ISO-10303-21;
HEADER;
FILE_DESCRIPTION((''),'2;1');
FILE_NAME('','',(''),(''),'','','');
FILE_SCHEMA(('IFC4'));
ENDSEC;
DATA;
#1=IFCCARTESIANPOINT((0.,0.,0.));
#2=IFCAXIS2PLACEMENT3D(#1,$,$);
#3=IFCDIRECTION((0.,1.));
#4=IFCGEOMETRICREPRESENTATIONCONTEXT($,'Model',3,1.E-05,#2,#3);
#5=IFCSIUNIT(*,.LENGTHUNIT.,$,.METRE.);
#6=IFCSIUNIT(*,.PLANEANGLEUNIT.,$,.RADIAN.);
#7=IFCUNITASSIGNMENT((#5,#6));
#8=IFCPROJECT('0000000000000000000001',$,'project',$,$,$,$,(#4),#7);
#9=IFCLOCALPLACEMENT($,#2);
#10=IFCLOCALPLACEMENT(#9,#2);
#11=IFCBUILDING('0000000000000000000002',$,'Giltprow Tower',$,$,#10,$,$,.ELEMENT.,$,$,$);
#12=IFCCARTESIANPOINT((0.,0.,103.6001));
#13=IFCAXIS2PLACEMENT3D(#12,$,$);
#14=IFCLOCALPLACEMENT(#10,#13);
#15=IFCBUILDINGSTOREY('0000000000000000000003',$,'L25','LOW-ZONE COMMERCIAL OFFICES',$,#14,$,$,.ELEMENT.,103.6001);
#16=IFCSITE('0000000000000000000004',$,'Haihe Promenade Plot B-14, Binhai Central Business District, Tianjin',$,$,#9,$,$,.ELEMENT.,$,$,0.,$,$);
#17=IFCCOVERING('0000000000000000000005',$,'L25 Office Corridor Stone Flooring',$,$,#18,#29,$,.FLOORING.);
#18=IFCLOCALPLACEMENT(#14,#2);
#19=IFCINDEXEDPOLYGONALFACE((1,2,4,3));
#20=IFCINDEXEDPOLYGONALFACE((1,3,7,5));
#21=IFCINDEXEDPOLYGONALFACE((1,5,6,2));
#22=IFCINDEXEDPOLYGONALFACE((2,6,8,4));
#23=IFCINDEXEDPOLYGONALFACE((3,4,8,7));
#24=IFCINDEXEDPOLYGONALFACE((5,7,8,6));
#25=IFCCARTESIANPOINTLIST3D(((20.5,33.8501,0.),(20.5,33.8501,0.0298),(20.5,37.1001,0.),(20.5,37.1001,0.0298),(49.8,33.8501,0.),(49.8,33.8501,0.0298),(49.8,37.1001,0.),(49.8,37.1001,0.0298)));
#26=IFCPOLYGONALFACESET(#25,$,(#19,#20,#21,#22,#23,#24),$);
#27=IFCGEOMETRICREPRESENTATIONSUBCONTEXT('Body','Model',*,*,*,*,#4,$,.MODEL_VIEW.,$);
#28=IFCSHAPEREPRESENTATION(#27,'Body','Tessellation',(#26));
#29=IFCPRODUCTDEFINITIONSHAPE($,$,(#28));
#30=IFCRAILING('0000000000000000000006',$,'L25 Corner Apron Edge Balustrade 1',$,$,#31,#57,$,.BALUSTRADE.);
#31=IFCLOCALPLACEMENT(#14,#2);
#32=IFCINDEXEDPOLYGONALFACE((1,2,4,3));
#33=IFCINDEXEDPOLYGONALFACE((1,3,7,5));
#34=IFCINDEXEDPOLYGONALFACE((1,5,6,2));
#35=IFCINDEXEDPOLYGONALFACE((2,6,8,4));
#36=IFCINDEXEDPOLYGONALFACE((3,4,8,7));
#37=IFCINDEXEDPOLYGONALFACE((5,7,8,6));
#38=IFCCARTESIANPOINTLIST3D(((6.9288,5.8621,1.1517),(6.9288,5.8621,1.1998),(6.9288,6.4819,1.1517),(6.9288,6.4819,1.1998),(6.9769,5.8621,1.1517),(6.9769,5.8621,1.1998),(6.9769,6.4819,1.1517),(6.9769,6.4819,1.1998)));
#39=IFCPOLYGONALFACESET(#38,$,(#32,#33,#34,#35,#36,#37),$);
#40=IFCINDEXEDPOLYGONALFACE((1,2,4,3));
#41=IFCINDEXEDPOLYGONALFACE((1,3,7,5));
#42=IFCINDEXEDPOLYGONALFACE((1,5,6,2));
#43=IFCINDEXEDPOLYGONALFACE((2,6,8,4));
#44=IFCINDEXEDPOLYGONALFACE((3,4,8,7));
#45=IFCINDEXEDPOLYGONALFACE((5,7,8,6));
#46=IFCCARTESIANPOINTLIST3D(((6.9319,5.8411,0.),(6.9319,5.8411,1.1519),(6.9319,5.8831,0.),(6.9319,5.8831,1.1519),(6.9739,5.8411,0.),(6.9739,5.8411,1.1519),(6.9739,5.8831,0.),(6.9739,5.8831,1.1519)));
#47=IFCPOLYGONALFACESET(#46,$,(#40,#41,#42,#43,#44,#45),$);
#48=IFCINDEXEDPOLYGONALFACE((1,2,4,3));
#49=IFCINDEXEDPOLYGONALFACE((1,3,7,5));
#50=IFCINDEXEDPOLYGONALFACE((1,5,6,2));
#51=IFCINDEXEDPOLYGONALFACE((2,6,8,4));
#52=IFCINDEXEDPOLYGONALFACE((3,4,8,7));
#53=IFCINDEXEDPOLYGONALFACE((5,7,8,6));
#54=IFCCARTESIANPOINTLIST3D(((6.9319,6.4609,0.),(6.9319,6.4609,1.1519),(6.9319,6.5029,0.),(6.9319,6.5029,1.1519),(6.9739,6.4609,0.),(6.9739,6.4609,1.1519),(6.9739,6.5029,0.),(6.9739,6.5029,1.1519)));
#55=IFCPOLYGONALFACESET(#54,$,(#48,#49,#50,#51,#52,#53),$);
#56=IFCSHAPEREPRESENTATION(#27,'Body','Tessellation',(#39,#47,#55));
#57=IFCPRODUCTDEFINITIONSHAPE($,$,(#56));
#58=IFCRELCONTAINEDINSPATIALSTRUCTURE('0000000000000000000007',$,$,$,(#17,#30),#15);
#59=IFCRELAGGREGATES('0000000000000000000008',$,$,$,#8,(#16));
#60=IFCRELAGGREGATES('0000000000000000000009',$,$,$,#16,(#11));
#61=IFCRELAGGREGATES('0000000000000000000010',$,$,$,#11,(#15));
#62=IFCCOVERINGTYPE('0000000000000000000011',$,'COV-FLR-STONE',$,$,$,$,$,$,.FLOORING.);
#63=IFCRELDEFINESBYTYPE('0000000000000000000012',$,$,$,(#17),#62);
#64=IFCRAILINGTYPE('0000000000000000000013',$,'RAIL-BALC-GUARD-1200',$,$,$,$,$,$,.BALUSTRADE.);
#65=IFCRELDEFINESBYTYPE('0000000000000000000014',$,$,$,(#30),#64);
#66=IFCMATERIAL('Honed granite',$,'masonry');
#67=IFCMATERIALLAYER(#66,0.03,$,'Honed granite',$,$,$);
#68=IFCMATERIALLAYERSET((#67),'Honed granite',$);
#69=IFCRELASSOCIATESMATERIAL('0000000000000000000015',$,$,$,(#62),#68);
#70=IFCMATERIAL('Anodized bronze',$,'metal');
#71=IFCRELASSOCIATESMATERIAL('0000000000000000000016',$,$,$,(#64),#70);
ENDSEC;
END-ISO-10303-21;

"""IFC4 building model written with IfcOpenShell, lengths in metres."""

from ifc_helpers import new_model, si_unit, direction, frame, origin, origin_2d, place, context, subcontext, project, spatial, polyline, rectangle, outline, extrude, material, layer, layer_set, type_object, element, save


model = new_model("IFC4")

# Units and contexts
model_context = context("Model", 3, precision=1e-05, world=origin(), true_north=direction((0.0, 1.0)))
body_context = subcontext(model_context, "Body", "Model", "MODEL_VIEW")
ifc_project = project(units=[si_unit("LENGTHUNIT", "METRE"), si_unit("PLANEANGLEUNIT", "RADIAN")], contexts=[model_context])

# Site, building, storey
site_placement = place(None, origin())
site = spatial("IfcSite", under=ifc_project, at=site_placement, Name="Haihe Promenade Plot B-14, Binhai Central Business District, Tianjin", CompositionType="ELEMENT", RefElevation=0.0)
building_placement = place(site_placement, origin())
building = spatial("IfcBuilding", under=site, at=building_placement, Name="Giltprow Tower", CompositionType="ELEMENT")
storey_placement = place(building_placement, frame((0.0, 0.0, 103.6001)))
storey = spatial("IfcBuildingStorey", under=building, at=storey_placement, Name="L25", Description="LOW-ZONE COMMERCIAL OFFICES", CompositionType="ELEMENT", Elevation=103.6001)

# Shared definitions
ifc_material_1 = material(Name="Anodized bronze", Category="metal")

# Covering
ifc_material_2 = material(Name="Honed granite", Category="masonry")
ifc_layer_1 = layer(ifc_material_2, 0.03, Name="Honed granite")
ifc_layer_set_1 = layer_set([ifc_layer_1], Name="Honed granite")
covering_type_1 = type_object("IfcCoveringType", Name="COV-FLR-STONE", PredefinedType="FLOORING", material=ifc_layer_set_1)
covering_1_placement = place(storey_placement, origin())
element("IfcCovering", 1, at=covering_1_placement, inside=storey, type_object=covering_type_1, Name="L25 Office Corridor Stone Flooring", PredefinedType="FLOORING", context=body_context, shape_type="SweptSolid", body=[
    extrude(outline(polyline([(20.5, 33.8501), (49.8, 33.8501), (49.8, 37.1001), (20.5, 37.1001), (20.5, 33.8501)])), origin(), (0.0, 0.0, 1.0), 0.0298),
])

# Railing
railing_type = type_object("IfcRailingType", Name="RAIL-BALC-GUARD-1200", PredefinedType="BALUSTRADE", material=ifc_material_1)
railing_placement = place(storey_placement, frame((6.9529, 5.8621, 0.0)))
element("IfcRailing", 2, at=railing_placement, inside=storey, type_object=railing_type, Name="L25 Corner Apron Edge Balustrade 1", PredefinedType="BALUSTRADE", context=body_context, shape_type="SweptSolid", body=[
    extrude(rectangle(XDim=0.0481, YDim=0.0481, at=origin_2d()), frame((0.0, 0.0, 1.1758), z_axis=(0.0, 1.0, 0.0), x_axis=(-1.0, 0.0, 0.0)), (0.0, 0.0, 1.0), 0.6199),
    extrude(rectangle(XDim=0.042, YDim=0.042, at=origin_2d()), origin(), (0.0, 0.0, 1.0), 1.1519),
    extrude(rectangle(XDim=0.042, YDim=0.042, at=origin_2d()), frame((0.0, 0.6199, 0.0)), (0.0, 0.0, 1.0), 1.1519),
])

save(model, "model.ifc")
